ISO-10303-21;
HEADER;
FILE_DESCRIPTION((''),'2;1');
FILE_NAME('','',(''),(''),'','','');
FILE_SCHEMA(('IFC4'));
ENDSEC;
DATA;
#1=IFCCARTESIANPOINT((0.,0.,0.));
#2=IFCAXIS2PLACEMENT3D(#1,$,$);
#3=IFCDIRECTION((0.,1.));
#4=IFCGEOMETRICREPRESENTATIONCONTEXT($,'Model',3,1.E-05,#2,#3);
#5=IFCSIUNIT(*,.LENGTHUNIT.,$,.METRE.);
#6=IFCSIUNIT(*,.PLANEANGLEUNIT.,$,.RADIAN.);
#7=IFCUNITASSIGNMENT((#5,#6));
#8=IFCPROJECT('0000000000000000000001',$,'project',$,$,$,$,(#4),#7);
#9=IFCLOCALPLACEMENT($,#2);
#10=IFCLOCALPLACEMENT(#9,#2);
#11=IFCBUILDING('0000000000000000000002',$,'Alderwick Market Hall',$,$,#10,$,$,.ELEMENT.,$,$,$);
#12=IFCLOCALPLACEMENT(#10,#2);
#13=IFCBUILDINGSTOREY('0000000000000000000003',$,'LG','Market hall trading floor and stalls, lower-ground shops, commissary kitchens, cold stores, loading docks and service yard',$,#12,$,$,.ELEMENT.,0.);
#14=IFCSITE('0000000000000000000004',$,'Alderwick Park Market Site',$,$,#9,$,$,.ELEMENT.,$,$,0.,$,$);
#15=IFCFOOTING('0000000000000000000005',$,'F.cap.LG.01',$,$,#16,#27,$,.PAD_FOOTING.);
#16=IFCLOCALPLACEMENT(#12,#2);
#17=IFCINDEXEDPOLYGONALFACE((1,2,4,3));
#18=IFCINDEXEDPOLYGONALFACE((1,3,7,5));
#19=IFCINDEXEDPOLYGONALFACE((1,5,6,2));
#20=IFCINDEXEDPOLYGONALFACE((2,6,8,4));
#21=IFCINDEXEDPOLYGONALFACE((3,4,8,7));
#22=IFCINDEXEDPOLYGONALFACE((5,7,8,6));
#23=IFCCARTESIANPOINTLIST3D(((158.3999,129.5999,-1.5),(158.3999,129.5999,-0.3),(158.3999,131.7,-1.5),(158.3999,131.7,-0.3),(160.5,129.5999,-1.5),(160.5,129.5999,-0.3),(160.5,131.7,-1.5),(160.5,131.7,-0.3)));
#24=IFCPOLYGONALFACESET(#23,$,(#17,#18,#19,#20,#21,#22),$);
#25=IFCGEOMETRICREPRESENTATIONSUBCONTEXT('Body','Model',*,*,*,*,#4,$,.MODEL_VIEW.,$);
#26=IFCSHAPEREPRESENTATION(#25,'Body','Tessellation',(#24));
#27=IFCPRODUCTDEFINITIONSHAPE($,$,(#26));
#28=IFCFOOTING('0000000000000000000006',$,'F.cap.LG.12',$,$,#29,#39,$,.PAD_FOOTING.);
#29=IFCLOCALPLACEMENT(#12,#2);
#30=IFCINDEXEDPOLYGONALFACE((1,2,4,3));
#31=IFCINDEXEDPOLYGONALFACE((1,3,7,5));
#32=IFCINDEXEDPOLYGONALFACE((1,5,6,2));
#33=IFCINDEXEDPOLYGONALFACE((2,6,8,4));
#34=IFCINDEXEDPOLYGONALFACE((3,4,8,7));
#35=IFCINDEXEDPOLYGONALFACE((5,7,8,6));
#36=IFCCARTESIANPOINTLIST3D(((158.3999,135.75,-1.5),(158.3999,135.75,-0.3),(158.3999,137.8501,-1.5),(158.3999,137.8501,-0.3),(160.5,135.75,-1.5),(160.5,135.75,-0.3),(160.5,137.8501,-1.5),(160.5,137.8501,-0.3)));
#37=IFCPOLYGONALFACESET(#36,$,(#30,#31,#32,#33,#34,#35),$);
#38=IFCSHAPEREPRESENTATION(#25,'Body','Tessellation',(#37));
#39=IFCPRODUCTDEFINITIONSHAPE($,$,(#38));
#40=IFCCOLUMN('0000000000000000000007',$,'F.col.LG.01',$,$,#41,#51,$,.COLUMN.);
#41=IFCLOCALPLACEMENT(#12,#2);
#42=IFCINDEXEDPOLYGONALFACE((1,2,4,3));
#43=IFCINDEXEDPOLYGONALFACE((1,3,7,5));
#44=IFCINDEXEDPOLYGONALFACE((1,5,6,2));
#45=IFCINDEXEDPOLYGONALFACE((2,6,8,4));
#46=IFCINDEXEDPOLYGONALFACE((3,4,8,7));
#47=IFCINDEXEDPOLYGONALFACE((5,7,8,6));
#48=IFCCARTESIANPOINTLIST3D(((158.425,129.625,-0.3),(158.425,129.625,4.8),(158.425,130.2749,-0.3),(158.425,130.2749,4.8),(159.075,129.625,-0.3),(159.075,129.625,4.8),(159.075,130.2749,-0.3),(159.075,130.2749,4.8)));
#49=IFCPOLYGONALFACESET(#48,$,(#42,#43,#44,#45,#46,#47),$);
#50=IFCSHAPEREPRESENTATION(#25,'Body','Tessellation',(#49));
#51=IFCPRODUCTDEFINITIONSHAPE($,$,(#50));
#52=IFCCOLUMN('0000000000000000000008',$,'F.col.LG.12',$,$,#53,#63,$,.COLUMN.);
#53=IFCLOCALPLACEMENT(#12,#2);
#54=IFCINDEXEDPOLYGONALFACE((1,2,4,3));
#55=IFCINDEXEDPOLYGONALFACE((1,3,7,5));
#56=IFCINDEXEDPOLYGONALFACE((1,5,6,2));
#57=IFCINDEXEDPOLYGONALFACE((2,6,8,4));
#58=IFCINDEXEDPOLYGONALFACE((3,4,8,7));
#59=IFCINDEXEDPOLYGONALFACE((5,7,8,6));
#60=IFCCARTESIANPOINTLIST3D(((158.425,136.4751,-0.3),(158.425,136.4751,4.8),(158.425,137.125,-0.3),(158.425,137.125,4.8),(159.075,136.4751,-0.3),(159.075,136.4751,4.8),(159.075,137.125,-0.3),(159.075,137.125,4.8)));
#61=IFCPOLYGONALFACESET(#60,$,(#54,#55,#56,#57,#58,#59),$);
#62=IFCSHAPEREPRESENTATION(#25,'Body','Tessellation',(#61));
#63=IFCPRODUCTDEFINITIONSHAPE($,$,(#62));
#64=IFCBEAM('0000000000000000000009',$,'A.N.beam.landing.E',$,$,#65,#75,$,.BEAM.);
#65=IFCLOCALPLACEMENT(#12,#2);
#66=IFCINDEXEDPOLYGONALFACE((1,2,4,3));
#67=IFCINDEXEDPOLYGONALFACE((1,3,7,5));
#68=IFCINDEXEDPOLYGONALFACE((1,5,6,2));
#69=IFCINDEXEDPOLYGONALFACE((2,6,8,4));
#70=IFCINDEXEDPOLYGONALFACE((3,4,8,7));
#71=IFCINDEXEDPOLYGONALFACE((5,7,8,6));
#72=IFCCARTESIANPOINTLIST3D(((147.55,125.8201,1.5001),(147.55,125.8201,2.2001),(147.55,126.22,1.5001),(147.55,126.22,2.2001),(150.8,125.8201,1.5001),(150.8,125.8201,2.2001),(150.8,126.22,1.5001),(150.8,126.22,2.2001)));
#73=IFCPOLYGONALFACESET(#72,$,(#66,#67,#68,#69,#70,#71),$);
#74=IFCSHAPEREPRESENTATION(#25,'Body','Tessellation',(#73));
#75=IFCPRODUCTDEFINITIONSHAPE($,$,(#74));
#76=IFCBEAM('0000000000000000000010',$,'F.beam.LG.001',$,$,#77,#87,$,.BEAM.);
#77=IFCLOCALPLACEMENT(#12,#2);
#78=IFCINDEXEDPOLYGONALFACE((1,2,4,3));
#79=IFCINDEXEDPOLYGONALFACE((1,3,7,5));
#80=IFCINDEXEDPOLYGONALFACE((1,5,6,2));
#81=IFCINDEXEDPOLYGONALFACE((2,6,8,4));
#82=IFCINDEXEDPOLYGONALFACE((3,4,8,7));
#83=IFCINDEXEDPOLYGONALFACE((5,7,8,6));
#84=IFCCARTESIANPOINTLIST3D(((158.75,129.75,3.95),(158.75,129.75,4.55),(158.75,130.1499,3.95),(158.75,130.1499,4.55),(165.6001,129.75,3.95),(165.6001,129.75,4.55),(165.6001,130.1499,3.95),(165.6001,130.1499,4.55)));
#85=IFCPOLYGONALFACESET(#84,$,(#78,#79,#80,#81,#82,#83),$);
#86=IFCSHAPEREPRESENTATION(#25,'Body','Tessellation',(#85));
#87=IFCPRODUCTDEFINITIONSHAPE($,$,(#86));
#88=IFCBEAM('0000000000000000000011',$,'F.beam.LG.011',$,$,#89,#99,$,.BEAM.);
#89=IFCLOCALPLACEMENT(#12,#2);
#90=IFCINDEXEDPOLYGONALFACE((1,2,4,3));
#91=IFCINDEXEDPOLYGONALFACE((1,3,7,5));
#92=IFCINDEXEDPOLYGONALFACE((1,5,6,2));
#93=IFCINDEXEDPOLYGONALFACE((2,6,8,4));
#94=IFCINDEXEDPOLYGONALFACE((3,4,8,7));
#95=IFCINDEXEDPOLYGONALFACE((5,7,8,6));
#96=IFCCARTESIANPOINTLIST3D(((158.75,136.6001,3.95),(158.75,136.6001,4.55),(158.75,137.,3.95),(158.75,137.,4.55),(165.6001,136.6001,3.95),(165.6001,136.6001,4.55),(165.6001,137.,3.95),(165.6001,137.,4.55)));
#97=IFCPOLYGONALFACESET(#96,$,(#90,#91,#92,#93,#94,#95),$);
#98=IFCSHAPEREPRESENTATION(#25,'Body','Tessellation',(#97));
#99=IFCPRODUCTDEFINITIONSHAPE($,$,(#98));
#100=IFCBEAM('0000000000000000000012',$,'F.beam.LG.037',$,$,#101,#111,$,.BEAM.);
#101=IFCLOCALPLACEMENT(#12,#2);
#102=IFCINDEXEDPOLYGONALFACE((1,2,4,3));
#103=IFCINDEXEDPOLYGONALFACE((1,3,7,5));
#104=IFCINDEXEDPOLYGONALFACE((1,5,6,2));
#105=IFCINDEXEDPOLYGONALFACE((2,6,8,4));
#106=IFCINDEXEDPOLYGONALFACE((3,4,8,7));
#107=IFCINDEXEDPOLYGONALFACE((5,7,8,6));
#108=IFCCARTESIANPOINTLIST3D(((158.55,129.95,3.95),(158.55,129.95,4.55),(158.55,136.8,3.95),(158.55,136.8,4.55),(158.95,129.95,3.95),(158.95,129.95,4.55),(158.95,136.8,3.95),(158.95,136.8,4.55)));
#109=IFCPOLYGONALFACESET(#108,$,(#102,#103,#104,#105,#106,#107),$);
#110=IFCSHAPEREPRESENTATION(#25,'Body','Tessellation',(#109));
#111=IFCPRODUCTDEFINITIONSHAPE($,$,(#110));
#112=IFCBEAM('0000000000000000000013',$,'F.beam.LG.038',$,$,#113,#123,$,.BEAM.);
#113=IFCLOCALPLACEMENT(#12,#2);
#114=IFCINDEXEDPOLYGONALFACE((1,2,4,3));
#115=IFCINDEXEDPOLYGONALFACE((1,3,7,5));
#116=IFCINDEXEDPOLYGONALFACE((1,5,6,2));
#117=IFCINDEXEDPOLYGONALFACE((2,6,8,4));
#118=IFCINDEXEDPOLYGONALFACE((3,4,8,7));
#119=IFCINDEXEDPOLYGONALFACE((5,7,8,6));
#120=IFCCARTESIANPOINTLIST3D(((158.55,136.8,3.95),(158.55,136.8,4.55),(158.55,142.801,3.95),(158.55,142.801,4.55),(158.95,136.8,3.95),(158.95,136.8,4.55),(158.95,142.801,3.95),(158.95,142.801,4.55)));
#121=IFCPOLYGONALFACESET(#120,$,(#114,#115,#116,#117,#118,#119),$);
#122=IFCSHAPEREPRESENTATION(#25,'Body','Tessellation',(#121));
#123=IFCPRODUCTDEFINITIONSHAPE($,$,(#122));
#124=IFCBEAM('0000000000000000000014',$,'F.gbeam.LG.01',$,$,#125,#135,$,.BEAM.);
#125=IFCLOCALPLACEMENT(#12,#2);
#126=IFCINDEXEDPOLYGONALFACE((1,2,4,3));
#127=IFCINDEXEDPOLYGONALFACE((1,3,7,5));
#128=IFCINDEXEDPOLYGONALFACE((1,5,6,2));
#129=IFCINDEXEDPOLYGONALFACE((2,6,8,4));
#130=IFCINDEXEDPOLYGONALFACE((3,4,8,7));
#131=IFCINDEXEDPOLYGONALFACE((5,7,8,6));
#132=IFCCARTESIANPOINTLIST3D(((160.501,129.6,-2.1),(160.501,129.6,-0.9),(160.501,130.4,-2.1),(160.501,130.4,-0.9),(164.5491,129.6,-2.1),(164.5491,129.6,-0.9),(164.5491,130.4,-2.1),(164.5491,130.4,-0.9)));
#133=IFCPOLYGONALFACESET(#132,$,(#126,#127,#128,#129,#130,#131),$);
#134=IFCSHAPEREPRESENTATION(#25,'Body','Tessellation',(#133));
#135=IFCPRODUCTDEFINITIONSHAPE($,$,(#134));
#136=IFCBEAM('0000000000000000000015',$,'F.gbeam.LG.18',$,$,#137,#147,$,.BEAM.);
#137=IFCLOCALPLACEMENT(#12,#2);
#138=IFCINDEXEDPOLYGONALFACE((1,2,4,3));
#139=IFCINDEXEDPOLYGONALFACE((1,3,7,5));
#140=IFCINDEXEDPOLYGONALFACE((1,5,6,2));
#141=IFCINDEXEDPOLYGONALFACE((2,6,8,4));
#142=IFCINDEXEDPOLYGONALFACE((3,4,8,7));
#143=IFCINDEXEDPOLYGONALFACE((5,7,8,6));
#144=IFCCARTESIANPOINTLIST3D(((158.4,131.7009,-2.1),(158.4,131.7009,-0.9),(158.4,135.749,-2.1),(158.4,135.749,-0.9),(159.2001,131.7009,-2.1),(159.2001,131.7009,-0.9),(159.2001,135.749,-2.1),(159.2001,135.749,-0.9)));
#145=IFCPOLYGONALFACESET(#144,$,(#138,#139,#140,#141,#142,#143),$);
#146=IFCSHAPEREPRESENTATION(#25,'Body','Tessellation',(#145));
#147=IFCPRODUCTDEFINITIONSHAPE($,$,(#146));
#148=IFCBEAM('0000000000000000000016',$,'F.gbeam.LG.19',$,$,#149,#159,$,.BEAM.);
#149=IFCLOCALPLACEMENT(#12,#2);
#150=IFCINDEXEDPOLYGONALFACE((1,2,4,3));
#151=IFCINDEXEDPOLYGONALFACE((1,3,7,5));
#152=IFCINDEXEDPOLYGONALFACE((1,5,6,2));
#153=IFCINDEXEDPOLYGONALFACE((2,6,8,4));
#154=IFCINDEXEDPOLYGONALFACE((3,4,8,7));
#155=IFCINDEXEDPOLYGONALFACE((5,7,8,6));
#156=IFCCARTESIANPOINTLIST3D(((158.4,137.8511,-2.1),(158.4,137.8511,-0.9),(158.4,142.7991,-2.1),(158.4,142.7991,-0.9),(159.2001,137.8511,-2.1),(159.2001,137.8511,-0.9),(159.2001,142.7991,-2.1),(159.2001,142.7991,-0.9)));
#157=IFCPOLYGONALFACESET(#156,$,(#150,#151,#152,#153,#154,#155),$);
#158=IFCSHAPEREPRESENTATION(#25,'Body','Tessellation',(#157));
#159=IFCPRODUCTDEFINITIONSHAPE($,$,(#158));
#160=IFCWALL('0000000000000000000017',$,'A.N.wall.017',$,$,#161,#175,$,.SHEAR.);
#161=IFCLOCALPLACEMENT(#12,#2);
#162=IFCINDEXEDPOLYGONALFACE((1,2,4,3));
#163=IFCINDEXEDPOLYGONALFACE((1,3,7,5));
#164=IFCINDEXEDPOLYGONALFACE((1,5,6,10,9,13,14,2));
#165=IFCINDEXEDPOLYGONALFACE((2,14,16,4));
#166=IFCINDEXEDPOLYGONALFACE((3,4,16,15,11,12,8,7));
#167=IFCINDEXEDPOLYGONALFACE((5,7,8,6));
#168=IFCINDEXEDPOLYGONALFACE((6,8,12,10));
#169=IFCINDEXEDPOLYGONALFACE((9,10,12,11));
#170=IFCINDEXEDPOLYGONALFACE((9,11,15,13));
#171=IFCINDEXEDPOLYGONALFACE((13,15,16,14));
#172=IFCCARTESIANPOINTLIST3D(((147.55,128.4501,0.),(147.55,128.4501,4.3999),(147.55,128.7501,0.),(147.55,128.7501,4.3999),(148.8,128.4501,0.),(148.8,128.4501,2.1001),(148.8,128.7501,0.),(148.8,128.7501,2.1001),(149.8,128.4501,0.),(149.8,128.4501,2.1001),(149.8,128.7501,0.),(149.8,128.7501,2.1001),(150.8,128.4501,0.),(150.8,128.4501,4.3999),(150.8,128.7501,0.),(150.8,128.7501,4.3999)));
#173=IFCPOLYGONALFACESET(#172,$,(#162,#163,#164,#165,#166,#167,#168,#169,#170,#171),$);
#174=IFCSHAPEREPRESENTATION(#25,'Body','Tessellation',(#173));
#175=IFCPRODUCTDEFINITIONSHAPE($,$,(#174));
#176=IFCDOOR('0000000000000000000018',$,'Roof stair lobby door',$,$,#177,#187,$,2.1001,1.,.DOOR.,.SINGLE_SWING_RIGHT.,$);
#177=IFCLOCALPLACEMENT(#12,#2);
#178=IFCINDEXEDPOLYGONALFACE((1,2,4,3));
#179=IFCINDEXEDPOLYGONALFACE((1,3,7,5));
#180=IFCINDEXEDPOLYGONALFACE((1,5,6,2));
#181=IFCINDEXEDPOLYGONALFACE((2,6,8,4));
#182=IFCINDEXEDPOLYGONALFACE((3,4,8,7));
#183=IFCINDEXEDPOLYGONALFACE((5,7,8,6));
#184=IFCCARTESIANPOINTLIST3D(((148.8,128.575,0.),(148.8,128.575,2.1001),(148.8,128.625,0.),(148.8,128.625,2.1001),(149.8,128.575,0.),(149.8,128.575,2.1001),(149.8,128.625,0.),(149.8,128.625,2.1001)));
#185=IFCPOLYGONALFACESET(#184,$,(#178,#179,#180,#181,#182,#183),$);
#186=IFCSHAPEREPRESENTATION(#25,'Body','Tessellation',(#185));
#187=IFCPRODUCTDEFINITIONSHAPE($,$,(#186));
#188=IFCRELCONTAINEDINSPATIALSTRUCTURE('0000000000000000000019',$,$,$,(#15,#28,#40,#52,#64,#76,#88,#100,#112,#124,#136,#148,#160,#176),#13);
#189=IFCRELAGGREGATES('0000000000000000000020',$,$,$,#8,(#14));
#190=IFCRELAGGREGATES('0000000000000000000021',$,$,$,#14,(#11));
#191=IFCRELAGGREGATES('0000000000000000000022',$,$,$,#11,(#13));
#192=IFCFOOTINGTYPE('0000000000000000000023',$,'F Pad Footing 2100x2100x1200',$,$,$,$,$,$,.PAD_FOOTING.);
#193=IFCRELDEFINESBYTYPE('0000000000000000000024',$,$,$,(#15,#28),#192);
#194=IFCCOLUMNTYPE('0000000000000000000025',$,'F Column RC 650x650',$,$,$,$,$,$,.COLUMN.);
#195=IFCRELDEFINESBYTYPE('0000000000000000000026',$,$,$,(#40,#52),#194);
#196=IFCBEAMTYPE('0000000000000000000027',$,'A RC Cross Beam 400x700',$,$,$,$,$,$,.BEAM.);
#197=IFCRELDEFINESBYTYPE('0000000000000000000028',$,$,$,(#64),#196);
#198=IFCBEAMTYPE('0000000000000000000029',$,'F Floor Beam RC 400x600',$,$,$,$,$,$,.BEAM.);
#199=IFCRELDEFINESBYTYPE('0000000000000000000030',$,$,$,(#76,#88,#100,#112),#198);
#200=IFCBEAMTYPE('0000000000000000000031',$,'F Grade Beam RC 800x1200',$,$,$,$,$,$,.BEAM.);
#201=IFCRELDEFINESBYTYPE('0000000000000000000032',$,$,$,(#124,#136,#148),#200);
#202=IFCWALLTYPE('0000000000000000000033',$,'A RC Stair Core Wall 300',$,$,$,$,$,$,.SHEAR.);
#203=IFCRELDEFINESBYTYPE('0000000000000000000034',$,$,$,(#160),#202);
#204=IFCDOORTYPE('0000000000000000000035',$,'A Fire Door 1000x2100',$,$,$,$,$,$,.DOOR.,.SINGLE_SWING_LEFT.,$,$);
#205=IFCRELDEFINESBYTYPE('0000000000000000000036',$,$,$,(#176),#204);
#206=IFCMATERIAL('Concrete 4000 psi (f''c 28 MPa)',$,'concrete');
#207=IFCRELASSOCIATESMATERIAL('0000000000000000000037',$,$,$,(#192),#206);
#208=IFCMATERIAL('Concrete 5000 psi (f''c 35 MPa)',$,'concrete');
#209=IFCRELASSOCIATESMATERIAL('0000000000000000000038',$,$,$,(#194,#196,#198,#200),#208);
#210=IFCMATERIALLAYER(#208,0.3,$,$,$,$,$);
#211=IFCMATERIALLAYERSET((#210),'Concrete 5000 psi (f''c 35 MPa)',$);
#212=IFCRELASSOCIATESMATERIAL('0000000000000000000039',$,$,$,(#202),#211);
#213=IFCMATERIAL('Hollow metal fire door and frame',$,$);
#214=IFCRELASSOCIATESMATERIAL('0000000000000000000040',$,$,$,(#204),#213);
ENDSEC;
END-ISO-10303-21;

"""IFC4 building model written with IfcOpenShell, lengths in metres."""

from ifc_helpers import new_model, si_unit, direction, frame, frame_2d, origin, origin_2d, place, context, subcontext, project, spatial, rectangle, extrude, material, layer, layer_set, material_profile, profile_set, type_object, element, fill, save


model = new_model("IFC4")

# Units and contexts
model_context = context("Model", 3, precision=1e-05, world=origin(), true_north=direction((0.0, 1.0)))
body_context = subcontext(model_context, "Body", "Model", "MODEL_VIEW")
ifc_project = project(units=[si_unit("LENGTHUNIT", "METRE"), si_unit("PLANEANGLEUNIT", "RADIAN")], contexts=[model_context])

# Site, building, storey
site_placement = place(None, origin())
site = spatial("IfcSite", under=ifc_project, at=site_placement, Name="Alderwick Park Market Site", CompositionType="ELEMENT", RefElevation=0.0)
building_placement = place(site_placement, origin())
building = spatial("IfcBuilding", under=site, at=building_placement, Name="Alderwick Market Hall", CompositionType="ELEMENT")
storey_placement = place(building_placement, origin())
storey = spatial("IfcBuildingStorey", under=building, at=storey_placement, Name="LG", Description="Market hall trading floor and stalls, lower-ground shops, commissary kitchens, cold stores, loading docks and service yard", CompositionType="ELEMENT", Elevation=0.0)

# Footings
ifc_material_1 = material(Name="Concrete 4000 psi (f'c 28 MPa)", Category="concrete")
footing_type = type_object("IfcFootingType", Name="F Pad Footing 2100x2100x1200", PredefinedType="PAD_FOOTING", material=ifc_material_1)
for number, where, z_axis, x_axis, name in (
    (1, (159.45, 130.6499, -1.5), (0.0, 0.0, 1.0), (1.0, 0.0, 0.0), "F.cap.LG.01"),
    (2, (159.45, 136.8, -1.5), (0.0, 0.0, 1.0), (1.0, 0.0, 0.0), "F.cap.LG.12"),
):
    element("IfcFooting", number, at=place(storey_placement, frame(where, z_axis=z_axis, x_axis=x_axis)), inside=storey, type_object=footing_type, Name=name, PredefinedType="PAD_FOOTING", context=body_context, shape_type="SweptSolid", body=[
        extrude(rectangle(XDim=2.1001, YDim=2.1001, at=origin_2d()), origin(), (0.0, 0.0, 1.0), 1.2),
    ])

# Columns
ifc_material_2 = material(Name="Concrete 5000 psi (f'c 35 MPa)", Category="concrete")
ifc_material_profile_1 = material_profile(ifc_material_2, rectangle(XDim=0.6499, YDim=0.6499, at=origin_2d()), Name="RC 650x650")
ifc_profile_set_1 = profile_set([ifc_material_profile_1], Name="Concrete 5000 psi (f'c 35 MPa)")
column_type = type_object("IfcColumnType", Name="F Column RC 650x650", PredefinedType="COLUMN", material=ifc_profile_set_1)
for number, where, z_axis, x_axis, name in (
    (3, (158.75, 129.95, -0.3), (0.0, 0.0, 1.0), (1.0, 0.0, 0.0), "F.col.LG.01"),
    (4, (158.75, 136.8, -0.3), (0.0, 0.0, 1.0), (1.0, 0.0, 0.0), "F.col.LG.12"),
):
    element("IfcColumn", number, at=place(storey_placement, frame(where, z_axis=z_axis, x_axis=x_axis)), inside=storey, type_object=column_type, Name=name, PredefinedType="COLUMN", context=body_context, shape_type="SweptSolid", body=[
        extrude(rectangle(XDim=0.6499, YDim=0.6499, at=origin_2d()), origin(), (0.0, 0.0, 1.0), 5.1001),
    ])

# Beams
ifc_material_profile_2 = material_profile(ifc_material_2, rectangle(XDim=0.3999, YDim=0.7, at=origin_2d()), Name="A RC Cross Beam 400x700")
ifc_profile_set_2 = profile_set([ifc_material_profile_2], Name="Concrete 5000 psi (f'c 35 MPa)")
beam_type_1 = type_object("IfcBeamType", Name="A RC Cross Beam 400x700", PredefinedType="BEAM", material=ifc_profile_set_2)
beam_1_placement = place(storey_placement, frame((150.8, 126.02, 1.8501), z_axis=(-1.0, 0.0, 0.0), x_axis=(0.0, -1.0, 0.0)))
element("IfcBeam", 5, at=beam_1_placement, inside=storey, type_object=beam_type_1, Name="A.N.beam.landing.E", PredefinedType="BEAM", context=body_context, shape_type="SweptSolid", body=[
    extrude(rectangle(XDim=0.3999, YDim=0.7, at=origin_2d()), origin(), (0.0, 0.0, 1.0), 3.25),
])
ifc_material_profile_3 = material_profile(ifc_material_2, rectangle(XDim=0.3999, YDim=0.6001, at=origin_2d()), Name="RC 400x600")
ifc_profile_set_3 = profile_set([ifc_material_profile_3], Name="Concrete 5000 psi (f'c 35 MPa)")
beam_type_2 = type_object("IfcBeamType", Name="F Floor Beam RC 400x600", PredefinedType="BEAM", material=ifc_profile_set_3)
for number, where, z_axis, x_axis, name in (
    (6, (158.75, 129.95, 4.25), (1.0, 0.0, 0.0), (0.0, 1.0, 0.0), "F.beam.LG.001"),
    (7, (158.75, 136.8, 4.25), (1.0, 0.0, 0.0), (0.0, 1.0, 0.0), "F.beam.LG.011"),
    (8, (158.75, 129.95, 4.25), (0.0, 1.0, 0.0), (-1.0, 0.0, 0.0), "F.beam.LG.037"),
):
    element("IfcBeam", number, at=place(storey_placement, frame(where, z_axis=z_axis, x_axis=x_axis)), inside=storey, type_object=beam_type_2, Name=name, PredefinedType="BEAM", context=body_context, shape_type="SweptSolid", body=[
        extrude(rectangle(XDim=0.3999, YDim=0.6001, at=origin_2d()), origin(), (0.0, 0.0, 1.0), 6.8501),
    ])
beam_2_placement = place(storey_placement, frame((158.75, 136.8, 4.25), z_axis=(0.0, 1.0, 0.0), x_axis=(-1.0, 0.0, 0.0)))
element("IfcBeam", 9, at=beam_2_placement, inside=storey, type_object=beam_type_2, Name="F.beam.LG.038", PredefinedType="BEAM", context=body_context, shape_type="SweptSolid", body=[
    extrude(rectangle(XDim=0.3999, YDim=0.6001, at=origin_2d()), origin(), (0.0, 0.0, 1.0), 6.001),
])
ifc_material_profile_4 = material_profile(ifc_material_2, rectangle(XDim=0.8, YDim=1.2, at=origin_2d()), Name="RC 800x1200")
ifc_profile_set_4 = profile_set([ifc_material_profile_4], Name="Concrete 5000 psi (f'c 35 MPa)")
beam_type_3 = type_object("IfcBeamType", Name="F Grade Beam RC 800x1200", PredefinedType="BEAM", material=ifc_profile_set_4)
for number, where, z_axis, x_axis, name in (
    (10, (160.501, 130.0, -1.5), (1.0, 0.0, 0.0), (0.0, 1.0, 0.0), "F.gbeam.LG.01"),
    (11, (158.8, 131.7009, -1.5), (0.0, 1.0, 0.0), (-1.0, 0.0, 0.0), "F.gbeam.LG.18"),
):
    element("IfcBeam", number, at=place(storey_placement, frame(where, z_axis=z_axis, x_axis=x_axis)), inside=storey, type_object=beam_type_3, Name=name, PredefinedType="BEAM", context=body_context, shape_type="SweptSolid", body=[
        extrude(rectangle(XDim=0.8, YDim=1.2, at=origin_2d()), origin(), (0.0, 0.0, 1.0), 4.0481),
    ])
beam_3_placement = place(storey_placement, frame((158.8, 137.8511, -1.5), z_axis=(0.0, 1.0, 0.0), x_axis=(-1.0, 0.0, 0.0)))
element("IfcBeam", 12, at=beam_3_placement, inside=storey, type_object=beam_type_3, Name="F.gbeam.LG.19", PredefinedType="BEAM", context=body_context, shape_type="SweptSolid", body=[
    extrude(rectangle(XDim=0.8, YDim=1.2, at=origin_2d()), origin(), (0.0, 0.0, 1.0), 4.948),
])

# Wall, opening, door
ifc_layer_1 = layer(ifc_material_2, 0.3)
ifc_layer_set_1 = layer_set([ifc_layer_1], Name="Concrete 5000 psi (f'c 35 MPa)")
wall_type_1 = type_object("IfcWallType", Name="A RC Stair Core Wall 300", PredefinedType="SHEAR", material=ifc_layer_set_1)
wall_1_placement = place(storey_placement, frame((147.55, 128.6001, 0.0), z_axis=(0.0, 0.0, 1.0), x_axis=(1.0, 0.0, 0.0)))
wall_1 = element("IfcWall", 13, at=wall_1_placement, inside=storey, type_object=wall_type_1, Name="A.N.wall.017", PredefinedType="SHEAR", context=body_context, shape_type="SweptSolid", body=[
    extrude(rectangle(XDim=3.25, YDim=0.3, at=frame_2d((1.625, 0.0))), origin(), (0.0, 0.0, 1.0), 4.3999),
])
opening_1_placement = place(wall_1_placement, frame((1.25, 0.0, 0.0)))
opening_1 = element("IfcOpeningElement", 14, at=opening_1_placement, cuts=wall_1, PredefinedType="OPENING", context=body_context, shape_type="SweptSolid", body=[
    extrude(rectangle(XDim=1.0, YDim=2.1001, at=frame_2d((0.5, 1.05))), frame((0.0, 0.1599, 0.0), z_axis=(0.0, -1.0, 0.0), x_axis=(1.0, 0.0, 0.0)), (0.0, 0.0, 1.0), 0.3201),
])
ifc_material_3 = material(Name="Hollow metal fire door and frame")
door_type_1 = type_object("IfcDoorType", Name="A Fire Door 1000x2100", OperationType="SINGLE_SWING_LEFT", PredefinedType="DOOR", material=ifc_material_3)
door_1_placement = place(opening_1_placement, origin())
door_1 = element("IfcDoor", 15, at=door_1_placement, inside=storey, type_object=door_type_1, Name="Roof stair lobby door", OperationType="SINGLE_SWING_RIGHT", OverallHeight=2.1001, OverallWidth=1.0, PredefinedType="DOOR", context=body_context, shape_type="SweptSolid", body=[
    extrude(rectangle(XDim=1.0, YDim=2.1001, at=frame_2d((0.5, 1.05))), frame((0.0, 0.0249, 0.0), z_axis=(0.0, -1.0, 0.0), x_axis=(1.0, 0.0, 0.0)), (0.0, 0.0, 1.0), 0.05),
])
fill(opening_1, door_1)

save(model, "model.ifc")
